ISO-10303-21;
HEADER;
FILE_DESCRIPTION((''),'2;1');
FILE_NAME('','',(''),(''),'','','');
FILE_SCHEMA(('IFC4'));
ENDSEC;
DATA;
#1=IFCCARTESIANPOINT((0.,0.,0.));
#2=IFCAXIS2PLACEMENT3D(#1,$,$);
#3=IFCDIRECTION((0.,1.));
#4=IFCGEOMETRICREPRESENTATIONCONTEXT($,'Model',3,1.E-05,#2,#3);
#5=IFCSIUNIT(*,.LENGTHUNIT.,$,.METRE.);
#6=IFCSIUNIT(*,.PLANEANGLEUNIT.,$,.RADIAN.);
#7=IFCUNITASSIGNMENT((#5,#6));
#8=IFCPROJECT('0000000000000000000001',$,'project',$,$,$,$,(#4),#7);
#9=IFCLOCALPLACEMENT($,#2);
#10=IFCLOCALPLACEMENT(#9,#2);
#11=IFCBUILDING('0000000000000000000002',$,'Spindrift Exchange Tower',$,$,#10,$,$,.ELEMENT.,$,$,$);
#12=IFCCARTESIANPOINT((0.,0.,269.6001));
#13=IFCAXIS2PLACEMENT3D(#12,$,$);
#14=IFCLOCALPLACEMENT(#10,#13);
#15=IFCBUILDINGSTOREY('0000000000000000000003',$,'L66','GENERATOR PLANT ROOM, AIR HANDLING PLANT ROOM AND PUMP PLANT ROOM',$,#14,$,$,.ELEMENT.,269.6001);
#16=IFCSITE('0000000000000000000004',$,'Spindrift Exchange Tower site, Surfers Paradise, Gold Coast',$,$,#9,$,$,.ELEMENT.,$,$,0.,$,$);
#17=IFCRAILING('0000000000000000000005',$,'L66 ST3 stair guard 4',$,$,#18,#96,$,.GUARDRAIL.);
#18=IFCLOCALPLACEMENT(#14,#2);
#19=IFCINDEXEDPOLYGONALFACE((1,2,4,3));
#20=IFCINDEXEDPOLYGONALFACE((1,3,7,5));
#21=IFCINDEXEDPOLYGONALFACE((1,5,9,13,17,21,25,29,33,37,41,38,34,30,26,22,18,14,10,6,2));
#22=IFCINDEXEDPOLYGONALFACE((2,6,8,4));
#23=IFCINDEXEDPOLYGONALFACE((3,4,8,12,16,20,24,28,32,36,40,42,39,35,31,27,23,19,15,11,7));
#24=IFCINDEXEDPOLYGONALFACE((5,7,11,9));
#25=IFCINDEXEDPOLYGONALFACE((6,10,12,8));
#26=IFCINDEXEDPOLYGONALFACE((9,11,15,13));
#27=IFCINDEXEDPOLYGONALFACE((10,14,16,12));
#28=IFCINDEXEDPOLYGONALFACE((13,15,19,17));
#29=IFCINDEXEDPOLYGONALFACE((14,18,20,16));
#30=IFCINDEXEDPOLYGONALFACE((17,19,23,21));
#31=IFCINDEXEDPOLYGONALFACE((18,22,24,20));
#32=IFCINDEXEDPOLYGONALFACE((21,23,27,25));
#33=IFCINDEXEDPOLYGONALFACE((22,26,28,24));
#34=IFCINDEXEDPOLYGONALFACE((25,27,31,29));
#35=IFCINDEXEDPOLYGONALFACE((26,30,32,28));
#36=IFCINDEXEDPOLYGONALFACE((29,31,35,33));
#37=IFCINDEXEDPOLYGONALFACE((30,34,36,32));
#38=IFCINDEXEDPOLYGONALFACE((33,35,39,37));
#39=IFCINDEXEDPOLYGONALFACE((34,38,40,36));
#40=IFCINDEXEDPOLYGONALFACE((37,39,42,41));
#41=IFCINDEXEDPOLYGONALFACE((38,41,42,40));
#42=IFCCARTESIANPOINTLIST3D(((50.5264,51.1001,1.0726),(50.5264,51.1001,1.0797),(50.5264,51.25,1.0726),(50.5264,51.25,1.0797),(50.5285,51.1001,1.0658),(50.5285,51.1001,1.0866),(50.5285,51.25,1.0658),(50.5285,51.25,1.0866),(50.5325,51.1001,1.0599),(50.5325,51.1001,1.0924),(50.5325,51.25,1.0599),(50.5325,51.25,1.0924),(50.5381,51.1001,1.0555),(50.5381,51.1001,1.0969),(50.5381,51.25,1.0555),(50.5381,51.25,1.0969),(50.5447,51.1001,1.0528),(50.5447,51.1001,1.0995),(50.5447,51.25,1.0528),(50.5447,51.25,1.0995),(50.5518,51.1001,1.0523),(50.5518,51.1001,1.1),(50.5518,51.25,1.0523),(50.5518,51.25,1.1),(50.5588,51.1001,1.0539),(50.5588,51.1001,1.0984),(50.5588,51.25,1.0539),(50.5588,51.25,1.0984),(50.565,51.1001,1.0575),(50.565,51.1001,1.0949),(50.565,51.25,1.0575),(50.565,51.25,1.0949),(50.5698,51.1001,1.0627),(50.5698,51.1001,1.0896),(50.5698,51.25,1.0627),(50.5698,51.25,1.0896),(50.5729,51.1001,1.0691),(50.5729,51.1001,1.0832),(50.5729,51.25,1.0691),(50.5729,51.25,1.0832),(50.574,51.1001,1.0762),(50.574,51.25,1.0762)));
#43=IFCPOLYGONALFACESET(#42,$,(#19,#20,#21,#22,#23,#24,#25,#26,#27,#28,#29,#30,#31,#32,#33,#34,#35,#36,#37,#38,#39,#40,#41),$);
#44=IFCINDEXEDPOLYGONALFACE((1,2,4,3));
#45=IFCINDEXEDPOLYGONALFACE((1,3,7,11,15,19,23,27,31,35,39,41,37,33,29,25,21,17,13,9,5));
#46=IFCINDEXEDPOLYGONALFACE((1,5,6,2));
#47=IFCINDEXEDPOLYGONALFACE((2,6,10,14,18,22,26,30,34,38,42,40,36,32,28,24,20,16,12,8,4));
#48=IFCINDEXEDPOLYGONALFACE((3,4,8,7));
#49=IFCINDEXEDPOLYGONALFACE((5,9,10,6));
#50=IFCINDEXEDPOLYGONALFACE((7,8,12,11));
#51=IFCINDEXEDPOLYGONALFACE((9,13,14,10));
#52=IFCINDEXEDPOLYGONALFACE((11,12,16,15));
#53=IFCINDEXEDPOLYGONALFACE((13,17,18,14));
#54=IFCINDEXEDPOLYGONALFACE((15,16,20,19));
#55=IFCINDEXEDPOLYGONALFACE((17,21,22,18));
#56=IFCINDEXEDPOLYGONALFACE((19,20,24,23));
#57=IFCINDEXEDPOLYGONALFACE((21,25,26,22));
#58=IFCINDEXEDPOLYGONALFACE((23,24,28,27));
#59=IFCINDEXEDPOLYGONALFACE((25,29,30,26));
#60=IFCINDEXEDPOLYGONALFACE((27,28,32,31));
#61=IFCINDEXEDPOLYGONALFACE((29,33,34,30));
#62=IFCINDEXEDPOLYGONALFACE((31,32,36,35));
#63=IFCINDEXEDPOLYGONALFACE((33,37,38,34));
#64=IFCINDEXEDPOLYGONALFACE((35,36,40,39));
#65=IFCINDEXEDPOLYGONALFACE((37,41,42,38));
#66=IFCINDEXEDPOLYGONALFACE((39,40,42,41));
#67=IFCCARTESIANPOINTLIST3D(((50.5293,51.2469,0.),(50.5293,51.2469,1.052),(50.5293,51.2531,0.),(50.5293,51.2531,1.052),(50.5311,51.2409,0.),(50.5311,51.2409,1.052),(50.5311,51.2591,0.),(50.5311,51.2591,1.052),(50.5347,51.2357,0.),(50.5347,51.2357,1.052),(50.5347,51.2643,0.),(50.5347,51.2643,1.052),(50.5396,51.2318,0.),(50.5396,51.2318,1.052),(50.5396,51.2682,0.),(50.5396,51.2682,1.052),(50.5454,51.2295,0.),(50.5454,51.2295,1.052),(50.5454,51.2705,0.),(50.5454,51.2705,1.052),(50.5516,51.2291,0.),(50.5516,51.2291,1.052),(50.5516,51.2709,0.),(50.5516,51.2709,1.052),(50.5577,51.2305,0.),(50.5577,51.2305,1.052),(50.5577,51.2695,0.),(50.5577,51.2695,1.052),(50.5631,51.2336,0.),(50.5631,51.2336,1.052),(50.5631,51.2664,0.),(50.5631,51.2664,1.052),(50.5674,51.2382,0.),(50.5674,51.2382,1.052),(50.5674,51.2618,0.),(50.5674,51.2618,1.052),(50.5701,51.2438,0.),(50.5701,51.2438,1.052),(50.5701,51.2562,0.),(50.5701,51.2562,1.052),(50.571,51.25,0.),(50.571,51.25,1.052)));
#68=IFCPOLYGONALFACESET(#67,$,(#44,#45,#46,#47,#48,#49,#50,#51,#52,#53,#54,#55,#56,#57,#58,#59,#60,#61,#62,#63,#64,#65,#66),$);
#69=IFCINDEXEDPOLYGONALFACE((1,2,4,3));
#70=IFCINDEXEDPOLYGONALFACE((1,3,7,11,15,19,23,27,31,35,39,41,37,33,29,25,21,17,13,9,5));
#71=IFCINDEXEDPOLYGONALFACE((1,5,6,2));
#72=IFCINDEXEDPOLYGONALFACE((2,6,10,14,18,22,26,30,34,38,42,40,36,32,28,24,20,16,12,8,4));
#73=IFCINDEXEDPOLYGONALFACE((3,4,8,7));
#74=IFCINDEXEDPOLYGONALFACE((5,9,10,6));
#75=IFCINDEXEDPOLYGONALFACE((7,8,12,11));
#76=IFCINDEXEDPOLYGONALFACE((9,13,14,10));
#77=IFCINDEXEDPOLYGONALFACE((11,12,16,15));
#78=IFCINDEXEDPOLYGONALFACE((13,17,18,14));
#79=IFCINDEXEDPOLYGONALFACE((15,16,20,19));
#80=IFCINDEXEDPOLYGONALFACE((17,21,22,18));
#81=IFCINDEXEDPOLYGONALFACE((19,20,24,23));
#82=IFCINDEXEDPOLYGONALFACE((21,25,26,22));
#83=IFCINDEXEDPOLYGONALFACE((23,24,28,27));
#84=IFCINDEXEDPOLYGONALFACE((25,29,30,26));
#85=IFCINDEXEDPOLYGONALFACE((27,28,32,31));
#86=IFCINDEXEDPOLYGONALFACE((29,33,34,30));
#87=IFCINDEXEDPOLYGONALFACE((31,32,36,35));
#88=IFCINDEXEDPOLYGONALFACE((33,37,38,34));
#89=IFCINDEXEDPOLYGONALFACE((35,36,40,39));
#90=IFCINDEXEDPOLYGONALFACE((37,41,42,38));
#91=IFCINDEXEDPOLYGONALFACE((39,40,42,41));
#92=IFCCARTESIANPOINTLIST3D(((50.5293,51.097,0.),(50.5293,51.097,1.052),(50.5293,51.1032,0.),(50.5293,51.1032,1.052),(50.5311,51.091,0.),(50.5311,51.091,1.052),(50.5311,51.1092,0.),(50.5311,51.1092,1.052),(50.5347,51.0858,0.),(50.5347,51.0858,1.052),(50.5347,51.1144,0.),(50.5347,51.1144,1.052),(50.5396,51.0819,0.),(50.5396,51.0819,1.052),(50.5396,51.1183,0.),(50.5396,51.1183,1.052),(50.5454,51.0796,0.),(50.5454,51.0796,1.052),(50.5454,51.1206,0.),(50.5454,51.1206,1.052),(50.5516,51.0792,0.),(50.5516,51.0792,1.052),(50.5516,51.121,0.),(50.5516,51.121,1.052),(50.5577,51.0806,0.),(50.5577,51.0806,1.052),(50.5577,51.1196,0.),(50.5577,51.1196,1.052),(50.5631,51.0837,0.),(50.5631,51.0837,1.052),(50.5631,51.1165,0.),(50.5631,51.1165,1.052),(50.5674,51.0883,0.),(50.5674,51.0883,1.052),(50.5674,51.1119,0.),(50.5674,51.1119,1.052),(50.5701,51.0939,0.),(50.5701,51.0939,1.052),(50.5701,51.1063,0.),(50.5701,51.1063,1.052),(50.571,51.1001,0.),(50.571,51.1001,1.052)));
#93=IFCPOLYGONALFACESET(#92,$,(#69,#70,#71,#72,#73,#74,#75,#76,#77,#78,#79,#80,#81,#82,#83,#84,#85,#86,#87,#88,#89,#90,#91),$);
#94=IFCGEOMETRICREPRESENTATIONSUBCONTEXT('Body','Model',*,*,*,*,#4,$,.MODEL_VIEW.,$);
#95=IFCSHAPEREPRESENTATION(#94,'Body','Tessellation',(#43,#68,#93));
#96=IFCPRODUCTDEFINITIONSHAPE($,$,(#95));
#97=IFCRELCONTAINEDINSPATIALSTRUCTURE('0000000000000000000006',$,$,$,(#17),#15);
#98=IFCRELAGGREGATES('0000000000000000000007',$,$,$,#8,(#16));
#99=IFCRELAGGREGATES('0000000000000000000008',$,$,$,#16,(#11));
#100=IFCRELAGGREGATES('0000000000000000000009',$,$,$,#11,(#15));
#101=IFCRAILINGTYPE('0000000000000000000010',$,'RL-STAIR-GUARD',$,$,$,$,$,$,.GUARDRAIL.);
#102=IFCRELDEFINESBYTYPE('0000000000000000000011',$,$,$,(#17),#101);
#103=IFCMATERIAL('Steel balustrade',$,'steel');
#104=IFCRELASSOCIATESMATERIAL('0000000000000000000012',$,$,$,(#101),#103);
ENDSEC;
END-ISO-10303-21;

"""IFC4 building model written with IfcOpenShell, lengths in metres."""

from ifc_helpers import new_model, si_unit, direction, frame, origin, origin_2d, place, context, subcontext, project, spatial, circle, extrude, material, type_object, element, save


model = new_model("IFC4")

# Units and contexts
model_context = context("Model", 3, precision=1e-05, world=origin(), true_north=direction((0.0, 1.0)))
body_context = subcontext(model_context, "Body", "Model", "MODEL_VIEW")
ifc_project = project(units=[si_unit("LENGTHUNIT", "METRE"), si_unit("PLANEANGLEUNIT", "RADIAN")], contexts=[model_context])

# Site, building, storey
site_placement = place(None, origin())
site = spatial("IfcSite", under=ifc_project, at=site_placement, Name="Spindrift Exchange Tower site, Surfers Paradise, Gold Coast", CompositionType="ELEMENT", RefElevation=0.0)
building_placement = place(site_placement, origin())
building = spatial("IfcBuilding", under=site, at=building_placement, Name="Spindrift Exchange Tower", CompositionType="ELEMENT")
storey_placement = place(building_placement, frame((0.0, 0.0, 269.6001)))
storey = spatial("IfcBuildingStorey", under=building, at=storey_placement, Name="L66", Description="GENERATOR PLANT ROOM, AIR HANDLING PLANT ROOM AND PUMP PLANT ROOM", CompositionType="ELEMENT", Elevation=269.6001)

# Railing
ifc_material_1 = material(Name="Steel balustrade", Category="steel")
railing_type_1 = type_object("IfcRailingType", Name="RL-STAIR-GUARD", PredefinedType="GUARDRAIL", material=ifc_material_1)
railing_1_placement = place(storey_placement, frame((50.55, 51.25, 0.0)))
element("IfcRailing", 1, at=railing_1_placement, inside=storey, type_object=railing_type_1, Name="L66 ST3 stair guard 4", PredefinedType="GUARDRAIL", context=body_context, shape_type="SweptSolid", body=[
    extrude(circle(Radius=0.0239, at=origin_2d()), frame((0.0, 0.0, 1.0762), z_axis=(0.0, -1.0, 0.0), x_axis=(1.0, 0.0, 0.0)), (0.0, 0.0, 1.0), 0.1499),
    extrude(circle(Radius=0.021, at=origin_2d()), origin(), (0.0, 0.0, 1.0), 1.052),
    extrude(circle(Radius=0.021, at=origin_2d()), frame((0.0, -0.1499, 0.0)), (0.0, 0.0, 1.0), 1.052),
])

save(model, "model.ifc")
